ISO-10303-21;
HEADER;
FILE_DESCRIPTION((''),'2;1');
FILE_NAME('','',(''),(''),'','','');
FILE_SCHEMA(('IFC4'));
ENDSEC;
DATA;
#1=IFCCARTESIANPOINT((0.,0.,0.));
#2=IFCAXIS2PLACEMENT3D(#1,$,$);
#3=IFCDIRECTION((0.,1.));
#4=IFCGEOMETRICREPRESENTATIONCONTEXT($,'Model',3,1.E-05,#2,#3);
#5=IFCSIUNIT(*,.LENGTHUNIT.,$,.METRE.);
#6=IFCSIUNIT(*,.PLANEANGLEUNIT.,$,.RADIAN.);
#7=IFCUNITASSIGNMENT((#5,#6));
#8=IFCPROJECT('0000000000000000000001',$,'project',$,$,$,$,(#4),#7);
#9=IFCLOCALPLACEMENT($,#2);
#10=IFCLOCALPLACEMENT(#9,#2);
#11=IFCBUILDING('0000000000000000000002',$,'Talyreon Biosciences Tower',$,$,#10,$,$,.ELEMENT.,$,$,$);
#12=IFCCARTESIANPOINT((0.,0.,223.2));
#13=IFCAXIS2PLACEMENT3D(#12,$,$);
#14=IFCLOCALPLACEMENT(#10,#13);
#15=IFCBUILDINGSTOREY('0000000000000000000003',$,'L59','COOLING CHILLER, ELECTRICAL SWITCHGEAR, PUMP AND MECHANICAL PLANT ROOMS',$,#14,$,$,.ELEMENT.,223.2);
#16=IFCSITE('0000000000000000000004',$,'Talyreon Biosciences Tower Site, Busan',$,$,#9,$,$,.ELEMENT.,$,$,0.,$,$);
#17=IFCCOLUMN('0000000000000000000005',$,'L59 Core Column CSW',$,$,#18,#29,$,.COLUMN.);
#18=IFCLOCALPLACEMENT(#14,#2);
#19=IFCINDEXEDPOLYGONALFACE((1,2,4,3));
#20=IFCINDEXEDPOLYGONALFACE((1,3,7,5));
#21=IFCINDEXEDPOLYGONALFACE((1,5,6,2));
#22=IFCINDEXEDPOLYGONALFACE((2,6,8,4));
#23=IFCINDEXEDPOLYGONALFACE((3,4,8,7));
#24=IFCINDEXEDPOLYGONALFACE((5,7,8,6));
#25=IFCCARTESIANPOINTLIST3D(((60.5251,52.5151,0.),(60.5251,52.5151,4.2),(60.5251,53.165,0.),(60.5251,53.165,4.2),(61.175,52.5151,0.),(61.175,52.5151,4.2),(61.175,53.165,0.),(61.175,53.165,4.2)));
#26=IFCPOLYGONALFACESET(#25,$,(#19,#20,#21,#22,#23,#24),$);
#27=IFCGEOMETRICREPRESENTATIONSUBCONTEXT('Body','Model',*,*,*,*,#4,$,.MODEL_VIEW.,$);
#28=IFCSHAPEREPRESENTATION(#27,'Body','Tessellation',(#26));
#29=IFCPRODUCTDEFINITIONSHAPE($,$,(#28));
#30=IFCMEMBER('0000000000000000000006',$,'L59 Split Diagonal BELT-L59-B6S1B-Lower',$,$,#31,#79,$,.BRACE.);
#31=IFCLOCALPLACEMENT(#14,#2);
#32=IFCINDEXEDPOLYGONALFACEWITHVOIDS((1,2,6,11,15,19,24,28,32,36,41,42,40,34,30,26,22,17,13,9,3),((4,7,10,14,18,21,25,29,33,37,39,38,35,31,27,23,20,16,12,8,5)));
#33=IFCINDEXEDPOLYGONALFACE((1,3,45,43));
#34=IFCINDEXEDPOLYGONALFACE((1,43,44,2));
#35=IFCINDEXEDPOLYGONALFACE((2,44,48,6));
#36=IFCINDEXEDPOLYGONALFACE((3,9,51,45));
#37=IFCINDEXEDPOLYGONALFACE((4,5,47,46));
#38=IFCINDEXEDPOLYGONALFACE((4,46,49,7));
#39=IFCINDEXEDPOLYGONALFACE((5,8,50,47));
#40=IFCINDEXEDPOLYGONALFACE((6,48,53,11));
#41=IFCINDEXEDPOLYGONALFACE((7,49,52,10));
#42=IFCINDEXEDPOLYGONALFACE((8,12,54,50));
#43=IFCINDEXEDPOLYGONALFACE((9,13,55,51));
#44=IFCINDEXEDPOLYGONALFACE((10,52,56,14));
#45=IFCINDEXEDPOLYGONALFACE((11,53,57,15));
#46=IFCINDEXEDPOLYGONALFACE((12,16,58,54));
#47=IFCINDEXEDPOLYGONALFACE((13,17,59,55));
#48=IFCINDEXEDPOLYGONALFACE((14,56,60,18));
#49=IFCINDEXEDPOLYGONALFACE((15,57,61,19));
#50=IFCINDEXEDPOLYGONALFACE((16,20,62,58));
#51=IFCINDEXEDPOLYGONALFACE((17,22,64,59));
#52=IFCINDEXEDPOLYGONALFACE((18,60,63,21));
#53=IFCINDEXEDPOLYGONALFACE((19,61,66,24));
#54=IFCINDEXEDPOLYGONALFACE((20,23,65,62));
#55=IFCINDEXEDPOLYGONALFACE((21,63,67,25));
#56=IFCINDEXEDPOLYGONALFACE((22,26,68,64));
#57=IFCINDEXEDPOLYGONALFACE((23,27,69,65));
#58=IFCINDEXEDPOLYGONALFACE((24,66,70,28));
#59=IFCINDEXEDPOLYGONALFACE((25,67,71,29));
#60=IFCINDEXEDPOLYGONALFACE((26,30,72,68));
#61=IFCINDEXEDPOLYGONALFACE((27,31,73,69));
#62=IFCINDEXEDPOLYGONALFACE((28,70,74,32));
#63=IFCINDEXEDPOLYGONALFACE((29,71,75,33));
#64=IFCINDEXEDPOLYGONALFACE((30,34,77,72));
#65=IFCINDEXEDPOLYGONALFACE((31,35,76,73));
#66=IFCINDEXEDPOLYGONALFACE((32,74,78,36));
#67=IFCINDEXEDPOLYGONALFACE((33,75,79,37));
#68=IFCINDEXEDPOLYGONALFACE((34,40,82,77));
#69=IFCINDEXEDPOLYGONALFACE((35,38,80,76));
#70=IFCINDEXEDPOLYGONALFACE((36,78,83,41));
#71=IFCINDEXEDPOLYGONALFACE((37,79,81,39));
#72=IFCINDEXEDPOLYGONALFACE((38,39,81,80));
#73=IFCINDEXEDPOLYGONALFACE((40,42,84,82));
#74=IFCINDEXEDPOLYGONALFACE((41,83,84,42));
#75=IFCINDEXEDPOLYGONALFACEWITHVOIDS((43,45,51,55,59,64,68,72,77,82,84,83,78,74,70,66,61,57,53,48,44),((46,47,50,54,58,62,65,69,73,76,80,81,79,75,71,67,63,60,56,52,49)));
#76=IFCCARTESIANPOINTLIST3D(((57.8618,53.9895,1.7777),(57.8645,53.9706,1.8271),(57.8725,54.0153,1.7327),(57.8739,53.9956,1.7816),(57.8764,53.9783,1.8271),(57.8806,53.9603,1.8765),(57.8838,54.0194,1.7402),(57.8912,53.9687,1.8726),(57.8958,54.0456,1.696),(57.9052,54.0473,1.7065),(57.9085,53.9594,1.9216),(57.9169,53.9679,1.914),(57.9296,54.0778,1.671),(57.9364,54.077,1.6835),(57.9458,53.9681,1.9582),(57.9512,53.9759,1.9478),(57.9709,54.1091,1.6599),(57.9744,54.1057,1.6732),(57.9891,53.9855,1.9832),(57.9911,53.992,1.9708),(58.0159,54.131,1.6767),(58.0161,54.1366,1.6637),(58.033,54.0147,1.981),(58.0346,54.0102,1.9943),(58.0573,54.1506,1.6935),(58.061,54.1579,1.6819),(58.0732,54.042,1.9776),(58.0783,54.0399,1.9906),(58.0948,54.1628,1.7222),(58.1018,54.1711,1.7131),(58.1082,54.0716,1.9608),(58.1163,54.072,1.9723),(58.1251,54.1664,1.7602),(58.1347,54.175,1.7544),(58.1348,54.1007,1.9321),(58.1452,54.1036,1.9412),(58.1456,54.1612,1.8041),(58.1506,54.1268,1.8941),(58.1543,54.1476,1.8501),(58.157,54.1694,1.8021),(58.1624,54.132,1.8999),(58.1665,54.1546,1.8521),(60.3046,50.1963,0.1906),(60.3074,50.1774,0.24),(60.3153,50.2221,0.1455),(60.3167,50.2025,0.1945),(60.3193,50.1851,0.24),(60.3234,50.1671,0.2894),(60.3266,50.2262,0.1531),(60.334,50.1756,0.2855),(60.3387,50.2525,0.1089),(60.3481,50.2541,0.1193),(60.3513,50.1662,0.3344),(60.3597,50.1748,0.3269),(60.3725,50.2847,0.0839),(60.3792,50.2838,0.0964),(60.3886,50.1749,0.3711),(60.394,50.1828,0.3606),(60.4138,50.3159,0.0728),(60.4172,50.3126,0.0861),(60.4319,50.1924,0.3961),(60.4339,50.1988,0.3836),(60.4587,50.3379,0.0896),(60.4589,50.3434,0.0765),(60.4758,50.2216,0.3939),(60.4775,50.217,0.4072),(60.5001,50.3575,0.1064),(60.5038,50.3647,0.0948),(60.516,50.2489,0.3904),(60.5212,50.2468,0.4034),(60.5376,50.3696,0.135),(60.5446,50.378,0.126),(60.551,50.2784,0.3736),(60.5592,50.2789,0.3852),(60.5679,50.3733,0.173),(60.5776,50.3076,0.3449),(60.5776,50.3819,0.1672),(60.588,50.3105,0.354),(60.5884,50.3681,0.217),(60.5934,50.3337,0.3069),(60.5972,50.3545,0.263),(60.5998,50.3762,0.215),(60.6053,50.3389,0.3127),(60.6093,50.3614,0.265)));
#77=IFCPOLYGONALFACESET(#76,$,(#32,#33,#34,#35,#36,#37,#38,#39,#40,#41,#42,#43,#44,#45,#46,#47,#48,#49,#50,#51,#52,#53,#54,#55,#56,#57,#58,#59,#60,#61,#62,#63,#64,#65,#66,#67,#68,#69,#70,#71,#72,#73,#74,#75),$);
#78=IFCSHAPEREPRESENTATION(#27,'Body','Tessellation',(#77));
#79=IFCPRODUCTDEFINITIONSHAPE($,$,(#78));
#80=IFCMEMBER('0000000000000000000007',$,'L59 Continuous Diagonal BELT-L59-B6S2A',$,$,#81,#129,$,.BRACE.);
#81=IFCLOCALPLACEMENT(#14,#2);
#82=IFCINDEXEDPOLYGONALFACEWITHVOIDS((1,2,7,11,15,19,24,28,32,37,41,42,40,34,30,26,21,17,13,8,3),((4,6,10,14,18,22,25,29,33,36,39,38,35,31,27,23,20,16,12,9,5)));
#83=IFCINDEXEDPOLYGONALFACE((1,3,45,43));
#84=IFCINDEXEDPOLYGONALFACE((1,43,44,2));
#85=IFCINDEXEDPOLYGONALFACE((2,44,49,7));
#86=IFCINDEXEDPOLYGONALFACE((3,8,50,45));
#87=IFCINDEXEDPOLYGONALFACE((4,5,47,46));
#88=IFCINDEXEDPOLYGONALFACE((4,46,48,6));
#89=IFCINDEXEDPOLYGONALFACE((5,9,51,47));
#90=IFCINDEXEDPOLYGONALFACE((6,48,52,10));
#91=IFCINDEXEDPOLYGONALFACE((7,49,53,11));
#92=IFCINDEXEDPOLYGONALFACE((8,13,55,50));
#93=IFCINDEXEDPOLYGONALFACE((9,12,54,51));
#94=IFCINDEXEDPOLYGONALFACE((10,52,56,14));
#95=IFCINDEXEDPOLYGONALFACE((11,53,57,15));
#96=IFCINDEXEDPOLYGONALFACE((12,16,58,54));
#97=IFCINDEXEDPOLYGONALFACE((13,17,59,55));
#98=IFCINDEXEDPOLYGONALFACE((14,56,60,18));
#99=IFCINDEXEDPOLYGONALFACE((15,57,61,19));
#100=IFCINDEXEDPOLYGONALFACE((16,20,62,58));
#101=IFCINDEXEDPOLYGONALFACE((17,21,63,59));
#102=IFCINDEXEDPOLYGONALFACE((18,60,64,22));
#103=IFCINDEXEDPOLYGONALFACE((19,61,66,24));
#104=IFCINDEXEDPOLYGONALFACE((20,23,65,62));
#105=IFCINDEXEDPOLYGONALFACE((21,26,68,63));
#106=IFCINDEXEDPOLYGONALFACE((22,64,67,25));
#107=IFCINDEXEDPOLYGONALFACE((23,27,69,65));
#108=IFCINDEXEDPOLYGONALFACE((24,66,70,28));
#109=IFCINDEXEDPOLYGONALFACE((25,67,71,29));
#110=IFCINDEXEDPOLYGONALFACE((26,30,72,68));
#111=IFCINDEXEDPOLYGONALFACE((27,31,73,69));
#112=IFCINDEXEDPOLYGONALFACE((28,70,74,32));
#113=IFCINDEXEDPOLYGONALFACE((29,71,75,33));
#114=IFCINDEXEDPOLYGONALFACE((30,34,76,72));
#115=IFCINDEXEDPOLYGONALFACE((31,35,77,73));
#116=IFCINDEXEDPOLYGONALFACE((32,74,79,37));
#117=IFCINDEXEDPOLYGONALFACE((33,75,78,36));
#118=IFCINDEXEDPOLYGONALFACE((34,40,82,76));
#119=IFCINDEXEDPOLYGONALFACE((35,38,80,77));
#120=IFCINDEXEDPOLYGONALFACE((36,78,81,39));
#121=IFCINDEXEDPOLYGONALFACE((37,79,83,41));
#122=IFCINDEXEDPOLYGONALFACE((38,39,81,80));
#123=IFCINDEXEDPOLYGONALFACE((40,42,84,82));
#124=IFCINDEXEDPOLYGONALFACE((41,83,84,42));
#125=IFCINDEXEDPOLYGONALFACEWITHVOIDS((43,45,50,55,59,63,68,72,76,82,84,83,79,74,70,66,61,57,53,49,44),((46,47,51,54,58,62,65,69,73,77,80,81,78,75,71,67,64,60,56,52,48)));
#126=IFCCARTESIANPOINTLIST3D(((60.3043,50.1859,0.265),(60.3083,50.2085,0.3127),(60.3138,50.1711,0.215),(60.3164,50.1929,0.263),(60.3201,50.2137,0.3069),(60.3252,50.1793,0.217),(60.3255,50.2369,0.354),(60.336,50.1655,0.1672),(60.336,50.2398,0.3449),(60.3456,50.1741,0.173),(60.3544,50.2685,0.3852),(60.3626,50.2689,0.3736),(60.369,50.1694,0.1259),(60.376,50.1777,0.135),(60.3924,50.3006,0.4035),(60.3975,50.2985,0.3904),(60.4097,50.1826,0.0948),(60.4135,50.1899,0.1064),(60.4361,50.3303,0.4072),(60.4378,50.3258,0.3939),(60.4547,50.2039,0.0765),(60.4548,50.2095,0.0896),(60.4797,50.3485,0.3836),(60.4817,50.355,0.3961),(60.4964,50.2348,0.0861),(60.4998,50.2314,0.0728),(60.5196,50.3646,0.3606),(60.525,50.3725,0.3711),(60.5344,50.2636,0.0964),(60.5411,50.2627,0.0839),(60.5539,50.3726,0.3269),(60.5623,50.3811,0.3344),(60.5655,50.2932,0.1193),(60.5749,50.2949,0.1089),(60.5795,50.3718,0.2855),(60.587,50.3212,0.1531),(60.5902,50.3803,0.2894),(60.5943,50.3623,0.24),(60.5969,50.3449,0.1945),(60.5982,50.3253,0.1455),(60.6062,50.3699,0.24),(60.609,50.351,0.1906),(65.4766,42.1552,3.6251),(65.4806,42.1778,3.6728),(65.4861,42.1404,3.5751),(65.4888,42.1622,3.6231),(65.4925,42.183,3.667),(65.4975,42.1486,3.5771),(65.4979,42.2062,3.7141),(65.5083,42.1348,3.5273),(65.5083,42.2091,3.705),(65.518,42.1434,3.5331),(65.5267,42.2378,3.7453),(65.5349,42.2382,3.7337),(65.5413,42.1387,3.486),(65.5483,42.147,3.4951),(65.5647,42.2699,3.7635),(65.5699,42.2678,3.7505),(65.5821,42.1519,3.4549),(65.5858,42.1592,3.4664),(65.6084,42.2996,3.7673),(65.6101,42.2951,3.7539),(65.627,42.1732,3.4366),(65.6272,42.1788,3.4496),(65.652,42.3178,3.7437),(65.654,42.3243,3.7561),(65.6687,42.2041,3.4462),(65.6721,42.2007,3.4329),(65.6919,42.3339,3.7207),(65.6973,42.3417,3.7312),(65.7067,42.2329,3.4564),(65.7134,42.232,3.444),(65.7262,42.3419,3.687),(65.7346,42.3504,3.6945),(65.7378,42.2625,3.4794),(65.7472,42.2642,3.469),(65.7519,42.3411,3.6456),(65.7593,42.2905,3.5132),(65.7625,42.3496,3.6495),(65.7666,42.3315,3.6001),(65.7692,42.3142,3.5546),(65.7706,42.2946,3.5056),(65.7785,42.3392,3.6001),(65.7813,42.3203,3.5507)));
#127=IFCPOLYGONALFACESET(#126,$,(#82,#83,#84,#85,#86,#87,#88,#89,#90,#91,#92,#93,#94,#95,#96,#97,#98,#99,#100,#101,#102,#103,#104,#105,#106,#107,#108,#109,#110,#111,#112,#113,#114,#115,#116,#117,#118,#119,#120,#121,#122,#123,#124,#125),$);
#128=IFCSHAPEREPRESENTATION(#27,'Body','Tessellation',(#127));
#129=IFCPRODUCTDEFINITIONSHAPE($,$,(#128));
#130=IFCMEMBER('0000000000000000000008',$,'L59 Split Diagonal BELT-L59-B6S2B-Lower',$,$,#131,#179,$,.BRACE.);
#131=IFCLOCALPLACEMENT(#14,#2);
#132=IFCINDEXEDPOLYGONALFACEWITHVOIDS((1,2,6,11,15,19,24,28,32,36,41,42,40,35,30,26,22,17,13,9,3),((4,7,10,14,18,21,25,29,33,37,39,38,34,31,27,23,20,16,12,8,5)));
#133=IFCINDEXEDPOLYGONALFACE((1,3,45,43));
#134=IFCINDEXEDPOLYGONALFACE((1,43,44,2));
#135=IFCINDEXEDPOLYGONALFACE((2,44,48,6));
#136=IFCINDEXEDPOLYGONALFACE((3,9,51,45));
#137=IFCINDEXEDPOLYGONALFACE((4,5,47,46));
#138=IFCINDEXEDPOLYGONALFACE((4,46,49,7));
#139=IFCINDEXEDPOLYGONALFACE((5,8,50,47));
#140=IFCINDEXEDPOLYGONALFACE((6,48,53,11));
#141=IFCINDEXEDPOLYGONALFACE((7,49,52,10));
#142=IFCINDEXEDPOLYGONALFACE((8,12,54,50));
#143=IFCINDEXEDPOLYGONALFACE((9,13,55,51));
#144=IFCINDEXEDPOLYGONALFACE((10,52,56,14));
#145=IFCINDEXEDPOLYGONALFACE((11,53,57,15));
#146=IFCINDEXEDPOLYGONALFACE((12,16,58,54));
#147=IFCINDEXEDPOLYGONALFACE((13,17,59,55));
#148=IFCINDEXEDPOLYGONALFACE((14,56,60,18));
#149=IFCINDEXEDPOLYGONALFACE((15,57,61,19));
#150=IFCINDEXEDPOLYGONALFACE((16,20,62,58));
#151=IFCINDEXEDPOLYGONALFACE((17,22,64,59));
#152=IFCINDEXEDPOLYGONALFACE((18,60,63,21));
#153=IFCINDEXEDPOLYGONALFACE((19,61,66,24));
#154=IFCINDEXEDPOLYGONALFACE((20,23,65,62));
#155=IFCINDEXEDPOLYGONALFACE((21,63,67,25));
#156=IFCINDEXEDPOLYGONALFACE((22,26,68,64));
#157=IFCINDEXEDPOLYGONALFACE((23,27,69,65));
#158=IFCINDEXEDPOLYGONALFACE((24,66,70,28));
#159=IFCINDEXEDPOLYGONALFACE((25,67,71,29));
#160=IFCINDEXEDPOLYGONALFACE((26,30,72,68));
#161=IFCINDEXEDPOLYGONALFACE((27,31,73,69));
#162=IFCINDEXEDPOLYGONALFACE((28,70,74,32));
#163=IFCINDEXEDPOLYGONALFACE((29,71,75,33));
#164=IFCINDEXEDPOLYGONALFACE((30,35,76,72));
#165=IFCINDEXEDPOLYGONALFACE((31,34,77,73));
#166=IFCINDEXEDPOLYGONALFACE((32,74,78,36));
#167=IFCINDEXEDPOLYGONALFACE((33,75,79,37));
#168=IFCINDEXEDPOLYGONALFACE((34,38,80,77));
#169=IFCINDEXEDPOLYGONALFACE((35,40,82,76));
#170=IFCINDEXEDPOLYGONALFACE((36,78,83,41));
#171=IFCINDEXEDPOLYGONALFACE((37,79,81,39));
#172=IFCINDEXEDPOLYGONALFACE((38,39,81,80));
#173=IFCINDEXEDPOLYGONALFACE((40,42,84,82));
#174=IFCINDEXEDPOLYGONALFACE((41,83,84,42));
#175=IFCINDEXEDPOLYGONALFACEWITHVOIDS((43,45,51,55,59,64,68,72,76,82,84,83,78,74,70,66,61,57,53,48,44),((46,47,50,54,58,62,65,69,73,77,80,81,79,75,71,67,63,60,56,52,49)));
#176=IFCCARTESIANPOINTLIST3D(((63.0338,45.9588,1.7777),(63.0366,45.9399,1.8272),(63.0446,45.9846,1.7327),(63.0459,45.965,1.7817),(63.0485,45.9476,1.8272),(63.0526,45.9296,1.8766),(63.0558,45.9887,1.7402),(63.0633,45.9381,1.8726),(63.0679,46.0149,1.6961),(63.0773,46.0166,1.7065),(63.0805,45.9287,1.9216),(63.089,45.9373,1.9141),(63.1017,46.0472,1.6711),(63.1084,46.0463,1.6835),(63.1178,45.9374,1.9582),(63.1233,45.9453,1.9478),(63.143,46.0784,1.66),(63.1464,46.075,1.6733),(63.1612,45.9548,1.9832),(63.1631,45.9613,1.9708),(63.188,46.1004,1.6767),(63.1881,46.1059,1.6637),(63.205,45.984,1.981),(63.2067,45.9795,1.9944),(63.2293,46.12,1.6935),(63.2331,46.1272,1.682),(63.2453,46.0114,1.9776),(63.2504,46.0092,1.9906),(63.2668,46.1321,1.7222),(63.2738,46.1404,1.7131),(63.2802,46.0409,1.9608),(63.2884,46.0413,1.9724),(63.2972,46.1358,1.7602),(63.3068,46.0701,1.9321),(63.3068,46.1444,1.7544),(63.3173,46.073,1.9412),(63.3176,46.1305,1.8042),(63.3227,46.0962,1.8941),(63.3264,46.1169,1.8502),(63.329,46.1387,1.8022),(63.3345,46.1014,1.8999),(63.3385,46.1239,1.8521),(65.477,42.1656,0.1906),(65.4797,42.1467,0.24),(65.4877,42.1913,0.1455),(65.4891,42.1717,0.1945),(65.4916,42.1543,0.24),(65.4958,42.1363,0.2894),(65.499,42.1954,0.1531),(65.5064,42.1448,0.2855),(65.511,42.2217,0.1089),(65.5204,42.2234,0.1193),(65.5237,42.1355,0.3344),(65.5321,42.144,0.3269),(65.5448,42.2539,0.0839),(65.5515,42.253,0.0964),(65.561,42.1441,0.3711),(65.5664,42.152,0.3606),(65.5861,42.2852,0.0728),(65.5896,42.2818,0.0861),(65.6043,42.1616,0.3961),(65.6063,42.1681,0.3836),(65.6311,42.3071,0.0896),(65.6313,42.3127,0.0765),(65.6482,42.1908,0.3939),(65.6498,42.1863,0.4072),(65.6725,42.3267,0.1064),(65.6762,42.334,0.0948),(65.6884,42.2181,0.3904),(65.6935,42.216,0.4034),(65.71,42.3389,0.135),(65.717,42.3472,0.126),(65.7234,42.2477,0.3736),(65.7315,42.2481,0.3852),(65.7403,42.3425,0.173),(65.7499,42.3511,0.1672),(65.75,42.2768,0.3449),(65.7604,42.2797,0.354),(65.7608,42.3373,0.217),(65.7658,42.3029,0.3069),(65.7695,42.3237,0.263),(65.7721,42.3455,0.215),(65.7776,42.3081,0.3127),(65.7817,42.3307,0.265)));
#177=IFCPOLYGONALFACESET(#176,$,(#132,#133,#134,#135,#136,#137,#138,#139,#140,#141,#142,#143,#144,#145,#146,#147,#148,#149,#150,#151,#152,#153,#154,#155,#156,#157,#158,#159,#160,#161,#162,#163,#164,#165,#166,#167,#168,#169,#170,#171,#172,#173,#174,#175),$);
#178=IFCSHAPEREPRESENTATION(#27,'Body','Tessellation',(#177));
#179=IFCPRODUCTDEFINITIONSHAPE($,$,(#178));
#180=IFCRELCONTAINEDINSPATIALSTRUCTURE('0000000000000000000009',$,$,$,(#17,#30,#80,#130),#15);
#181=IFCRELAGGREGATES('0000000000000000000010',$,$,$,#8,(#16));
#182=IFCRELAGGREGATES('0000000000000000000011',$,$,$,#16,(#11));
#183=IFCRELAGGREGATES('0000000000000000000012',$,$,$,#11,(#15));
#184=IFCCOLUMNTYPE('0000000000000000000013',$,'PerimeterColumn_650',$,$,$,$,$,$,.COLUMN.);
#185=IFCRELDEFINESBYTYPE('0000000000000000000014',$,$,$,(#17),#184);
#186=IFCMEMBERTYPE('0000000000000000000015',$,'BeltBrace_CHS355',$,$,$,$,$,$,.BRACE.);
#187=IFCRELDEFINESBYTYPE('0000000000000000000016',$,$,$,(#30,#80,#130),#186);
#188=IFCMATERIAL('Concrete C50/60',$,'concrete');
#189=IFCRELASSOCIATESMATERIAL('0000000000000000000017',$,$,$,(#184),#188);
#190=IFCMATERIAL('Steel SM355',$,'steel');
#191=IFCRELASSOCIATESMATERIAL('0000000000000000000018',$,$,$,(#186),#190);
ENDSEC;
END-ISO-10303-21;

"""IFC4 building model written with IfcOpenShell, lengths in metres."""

from ifc_helpers import new_model, si_unit, direction, frame, origin, origin_2d, place, context, subcontext, project, spatial, rectangle, hollow_circle, extrude, material, material_profile, profile_set, type_object, element, save


model = new_model("IFC4")

# Units and contexts
model_context = context("Model", 3, precision=1e-05, world=origin(), true_north=direction((0.0, 1.0)))
body_context = subcontext(model_context, "Body", "Model", "MODEL_VIEW")
ifc_project = project(units=[si_unit("LENGTHUNIT", "METRE"), si_unit("PLANEANGLEUNIT", "RADIAN")], contexts=[model_context])

# Site, building, storey
site_placement = place(None, origin())
site = spatial("IfcSite", under=ifc_project, at=site_placement, Name="Talyreon Biosciences Tower Site, Busan", CompositionType="ELEMENT", RefElevation=0.0)
building_placement = place(site_placement, origin())
building = spatial("IfcBuilding", under=site, at=building_placement, Name="Talyreon Biosciences Tower", CompositionType="ELEMENT")
storey_placement = place(building_placement, frame((0.0, 0.0, 223.2)))
storey = spatial("IfcBuildingStorey", under=building, at=storey_placement, Name="L59", Description="COOLING CHILLER, ELECTRICAL SWITCHGEAR, PUMP AND MECHANICAL PLANT ROOMS", CompositionType="ELEMENT", Elevation=223.2)

# Column
ifc_material_1 = material(Name="Concrete C50/60", Category="concrete")
ifc_material_profile_1 = material_profile(ifc_material_1, rectangle(XDim=0.6499, YDim=0.6499, at=origin_2d()), Name="RC 650x650")
ifc_profile_set_1 = profile_set([ifc_material_profile_1], Name="Concrete C50/60")
column_type = type_object("IfcColumnType", Name="PerimeterColumn_650", PredefinedType="COLUMN", material=ifc_profile_set_1)
column_placement = place(storey_placement, frame((60.8501, 52.8401, 0.0), z_axis=(0.0, 0.0, 1.0), x_axis=(1.0, 0.0, 0.0)))
element("IfcColumn", 1, at=column_placement, inside=storey, type_object=column_type, Name="L59 Core Column CSW", PredefinedType="COLUMN", context=body_context, shape_type="SweptSolid", body=[
    extrude(rectangle(XDim=0.6499, YDim=0.6499, at=origin_2d()), origin(), (0.0, 0.0, 1.0), 4.2),
])

# Members
ifc_material_2 = material(Name="Steel SM355", Category="steel")
ifc_material_profile_2 = material_profile(ifc_material_2, hollow_circle(Radius=0.1777, WallThickness=0.0142, at=origin_2d()), Name="CHS 355.6x14.2")
ifc_profile_set_2 = profile_set([ifc_material_profile_2], Name="Steel SM355")
member_type_1 = type_object("IfcMemberType", Name="BeltBrace_CHS355", PredefinedType="BRACE", material=ifc_profile_set_2)
member_1_placement = place(storey_placement, frame((60.4568, 50.2737, 0.24), z_axis=(-0.510762, 0.793095, 0.331847), x_axis=(-0.840737, -0.541444, 0.0)))
element("IfcMember", 2, at=member_1_placement, inside=storey, type_object=member_type_1, Name="L59 Split Diagonal BELT-L59-B6S1B-Lower", PredefinedType="BRACE", context=body_context, shape_type="SweptSolid", body=[
    extrude(hollow_circle(Radius=0.1777, WallThickness=0.0142, at=origin_2d()), origin(), (0.0, 0.0, 1.0), 4.7827),
])
member_2_placement = place(storey_placement, frame((60.4568, 50.2737, 0.24), z_axis=(0.510798, -0.79308, 0.331828), x_axis=(0.840715, 0.541478, 0.0)))
element("IfcMember", 3, at=member_2_placement, inside=storey, type_object=member_type_1, Name="L59 Continuous Diagonal BELT-L59-B6S2A", PredefinedType="BRACE", context=body_context, shape_type="SweptSolid", body=[
    extrude(hollow_circle(Radius=0.1777, WallThickness=0.0142, at=origin_2d()), origin(), (0.0, 0.0, 1.0), 10.126),
])
for number, where, z_axis, x_axis, name in (
    (4, (65.6292, 42.2429, 0.24), (-0.5108, 0.793074, 0.331839), (-0.840712, -0.541482, 0.0), "L59 Split Diagonal BELT-L59-B6S2B-Lower"),
):
    element("IfcMember", number, at=place(storey_placement, frame(where, z_axis=z_axis, x_axis=x_axis)), inside=storey, type_object=member_type_1, Name=name, PredefinedType="BRACE", context=body_context, shape_type="SweptSolid", body=[
        extrude(hollow_circle(Radius=0.1777, WallThickness=0.0142, at=origin_2d()), origin(), (0.0, 0.0, 1.0), 4.783),
    ])

save(model, "model.ifc")
